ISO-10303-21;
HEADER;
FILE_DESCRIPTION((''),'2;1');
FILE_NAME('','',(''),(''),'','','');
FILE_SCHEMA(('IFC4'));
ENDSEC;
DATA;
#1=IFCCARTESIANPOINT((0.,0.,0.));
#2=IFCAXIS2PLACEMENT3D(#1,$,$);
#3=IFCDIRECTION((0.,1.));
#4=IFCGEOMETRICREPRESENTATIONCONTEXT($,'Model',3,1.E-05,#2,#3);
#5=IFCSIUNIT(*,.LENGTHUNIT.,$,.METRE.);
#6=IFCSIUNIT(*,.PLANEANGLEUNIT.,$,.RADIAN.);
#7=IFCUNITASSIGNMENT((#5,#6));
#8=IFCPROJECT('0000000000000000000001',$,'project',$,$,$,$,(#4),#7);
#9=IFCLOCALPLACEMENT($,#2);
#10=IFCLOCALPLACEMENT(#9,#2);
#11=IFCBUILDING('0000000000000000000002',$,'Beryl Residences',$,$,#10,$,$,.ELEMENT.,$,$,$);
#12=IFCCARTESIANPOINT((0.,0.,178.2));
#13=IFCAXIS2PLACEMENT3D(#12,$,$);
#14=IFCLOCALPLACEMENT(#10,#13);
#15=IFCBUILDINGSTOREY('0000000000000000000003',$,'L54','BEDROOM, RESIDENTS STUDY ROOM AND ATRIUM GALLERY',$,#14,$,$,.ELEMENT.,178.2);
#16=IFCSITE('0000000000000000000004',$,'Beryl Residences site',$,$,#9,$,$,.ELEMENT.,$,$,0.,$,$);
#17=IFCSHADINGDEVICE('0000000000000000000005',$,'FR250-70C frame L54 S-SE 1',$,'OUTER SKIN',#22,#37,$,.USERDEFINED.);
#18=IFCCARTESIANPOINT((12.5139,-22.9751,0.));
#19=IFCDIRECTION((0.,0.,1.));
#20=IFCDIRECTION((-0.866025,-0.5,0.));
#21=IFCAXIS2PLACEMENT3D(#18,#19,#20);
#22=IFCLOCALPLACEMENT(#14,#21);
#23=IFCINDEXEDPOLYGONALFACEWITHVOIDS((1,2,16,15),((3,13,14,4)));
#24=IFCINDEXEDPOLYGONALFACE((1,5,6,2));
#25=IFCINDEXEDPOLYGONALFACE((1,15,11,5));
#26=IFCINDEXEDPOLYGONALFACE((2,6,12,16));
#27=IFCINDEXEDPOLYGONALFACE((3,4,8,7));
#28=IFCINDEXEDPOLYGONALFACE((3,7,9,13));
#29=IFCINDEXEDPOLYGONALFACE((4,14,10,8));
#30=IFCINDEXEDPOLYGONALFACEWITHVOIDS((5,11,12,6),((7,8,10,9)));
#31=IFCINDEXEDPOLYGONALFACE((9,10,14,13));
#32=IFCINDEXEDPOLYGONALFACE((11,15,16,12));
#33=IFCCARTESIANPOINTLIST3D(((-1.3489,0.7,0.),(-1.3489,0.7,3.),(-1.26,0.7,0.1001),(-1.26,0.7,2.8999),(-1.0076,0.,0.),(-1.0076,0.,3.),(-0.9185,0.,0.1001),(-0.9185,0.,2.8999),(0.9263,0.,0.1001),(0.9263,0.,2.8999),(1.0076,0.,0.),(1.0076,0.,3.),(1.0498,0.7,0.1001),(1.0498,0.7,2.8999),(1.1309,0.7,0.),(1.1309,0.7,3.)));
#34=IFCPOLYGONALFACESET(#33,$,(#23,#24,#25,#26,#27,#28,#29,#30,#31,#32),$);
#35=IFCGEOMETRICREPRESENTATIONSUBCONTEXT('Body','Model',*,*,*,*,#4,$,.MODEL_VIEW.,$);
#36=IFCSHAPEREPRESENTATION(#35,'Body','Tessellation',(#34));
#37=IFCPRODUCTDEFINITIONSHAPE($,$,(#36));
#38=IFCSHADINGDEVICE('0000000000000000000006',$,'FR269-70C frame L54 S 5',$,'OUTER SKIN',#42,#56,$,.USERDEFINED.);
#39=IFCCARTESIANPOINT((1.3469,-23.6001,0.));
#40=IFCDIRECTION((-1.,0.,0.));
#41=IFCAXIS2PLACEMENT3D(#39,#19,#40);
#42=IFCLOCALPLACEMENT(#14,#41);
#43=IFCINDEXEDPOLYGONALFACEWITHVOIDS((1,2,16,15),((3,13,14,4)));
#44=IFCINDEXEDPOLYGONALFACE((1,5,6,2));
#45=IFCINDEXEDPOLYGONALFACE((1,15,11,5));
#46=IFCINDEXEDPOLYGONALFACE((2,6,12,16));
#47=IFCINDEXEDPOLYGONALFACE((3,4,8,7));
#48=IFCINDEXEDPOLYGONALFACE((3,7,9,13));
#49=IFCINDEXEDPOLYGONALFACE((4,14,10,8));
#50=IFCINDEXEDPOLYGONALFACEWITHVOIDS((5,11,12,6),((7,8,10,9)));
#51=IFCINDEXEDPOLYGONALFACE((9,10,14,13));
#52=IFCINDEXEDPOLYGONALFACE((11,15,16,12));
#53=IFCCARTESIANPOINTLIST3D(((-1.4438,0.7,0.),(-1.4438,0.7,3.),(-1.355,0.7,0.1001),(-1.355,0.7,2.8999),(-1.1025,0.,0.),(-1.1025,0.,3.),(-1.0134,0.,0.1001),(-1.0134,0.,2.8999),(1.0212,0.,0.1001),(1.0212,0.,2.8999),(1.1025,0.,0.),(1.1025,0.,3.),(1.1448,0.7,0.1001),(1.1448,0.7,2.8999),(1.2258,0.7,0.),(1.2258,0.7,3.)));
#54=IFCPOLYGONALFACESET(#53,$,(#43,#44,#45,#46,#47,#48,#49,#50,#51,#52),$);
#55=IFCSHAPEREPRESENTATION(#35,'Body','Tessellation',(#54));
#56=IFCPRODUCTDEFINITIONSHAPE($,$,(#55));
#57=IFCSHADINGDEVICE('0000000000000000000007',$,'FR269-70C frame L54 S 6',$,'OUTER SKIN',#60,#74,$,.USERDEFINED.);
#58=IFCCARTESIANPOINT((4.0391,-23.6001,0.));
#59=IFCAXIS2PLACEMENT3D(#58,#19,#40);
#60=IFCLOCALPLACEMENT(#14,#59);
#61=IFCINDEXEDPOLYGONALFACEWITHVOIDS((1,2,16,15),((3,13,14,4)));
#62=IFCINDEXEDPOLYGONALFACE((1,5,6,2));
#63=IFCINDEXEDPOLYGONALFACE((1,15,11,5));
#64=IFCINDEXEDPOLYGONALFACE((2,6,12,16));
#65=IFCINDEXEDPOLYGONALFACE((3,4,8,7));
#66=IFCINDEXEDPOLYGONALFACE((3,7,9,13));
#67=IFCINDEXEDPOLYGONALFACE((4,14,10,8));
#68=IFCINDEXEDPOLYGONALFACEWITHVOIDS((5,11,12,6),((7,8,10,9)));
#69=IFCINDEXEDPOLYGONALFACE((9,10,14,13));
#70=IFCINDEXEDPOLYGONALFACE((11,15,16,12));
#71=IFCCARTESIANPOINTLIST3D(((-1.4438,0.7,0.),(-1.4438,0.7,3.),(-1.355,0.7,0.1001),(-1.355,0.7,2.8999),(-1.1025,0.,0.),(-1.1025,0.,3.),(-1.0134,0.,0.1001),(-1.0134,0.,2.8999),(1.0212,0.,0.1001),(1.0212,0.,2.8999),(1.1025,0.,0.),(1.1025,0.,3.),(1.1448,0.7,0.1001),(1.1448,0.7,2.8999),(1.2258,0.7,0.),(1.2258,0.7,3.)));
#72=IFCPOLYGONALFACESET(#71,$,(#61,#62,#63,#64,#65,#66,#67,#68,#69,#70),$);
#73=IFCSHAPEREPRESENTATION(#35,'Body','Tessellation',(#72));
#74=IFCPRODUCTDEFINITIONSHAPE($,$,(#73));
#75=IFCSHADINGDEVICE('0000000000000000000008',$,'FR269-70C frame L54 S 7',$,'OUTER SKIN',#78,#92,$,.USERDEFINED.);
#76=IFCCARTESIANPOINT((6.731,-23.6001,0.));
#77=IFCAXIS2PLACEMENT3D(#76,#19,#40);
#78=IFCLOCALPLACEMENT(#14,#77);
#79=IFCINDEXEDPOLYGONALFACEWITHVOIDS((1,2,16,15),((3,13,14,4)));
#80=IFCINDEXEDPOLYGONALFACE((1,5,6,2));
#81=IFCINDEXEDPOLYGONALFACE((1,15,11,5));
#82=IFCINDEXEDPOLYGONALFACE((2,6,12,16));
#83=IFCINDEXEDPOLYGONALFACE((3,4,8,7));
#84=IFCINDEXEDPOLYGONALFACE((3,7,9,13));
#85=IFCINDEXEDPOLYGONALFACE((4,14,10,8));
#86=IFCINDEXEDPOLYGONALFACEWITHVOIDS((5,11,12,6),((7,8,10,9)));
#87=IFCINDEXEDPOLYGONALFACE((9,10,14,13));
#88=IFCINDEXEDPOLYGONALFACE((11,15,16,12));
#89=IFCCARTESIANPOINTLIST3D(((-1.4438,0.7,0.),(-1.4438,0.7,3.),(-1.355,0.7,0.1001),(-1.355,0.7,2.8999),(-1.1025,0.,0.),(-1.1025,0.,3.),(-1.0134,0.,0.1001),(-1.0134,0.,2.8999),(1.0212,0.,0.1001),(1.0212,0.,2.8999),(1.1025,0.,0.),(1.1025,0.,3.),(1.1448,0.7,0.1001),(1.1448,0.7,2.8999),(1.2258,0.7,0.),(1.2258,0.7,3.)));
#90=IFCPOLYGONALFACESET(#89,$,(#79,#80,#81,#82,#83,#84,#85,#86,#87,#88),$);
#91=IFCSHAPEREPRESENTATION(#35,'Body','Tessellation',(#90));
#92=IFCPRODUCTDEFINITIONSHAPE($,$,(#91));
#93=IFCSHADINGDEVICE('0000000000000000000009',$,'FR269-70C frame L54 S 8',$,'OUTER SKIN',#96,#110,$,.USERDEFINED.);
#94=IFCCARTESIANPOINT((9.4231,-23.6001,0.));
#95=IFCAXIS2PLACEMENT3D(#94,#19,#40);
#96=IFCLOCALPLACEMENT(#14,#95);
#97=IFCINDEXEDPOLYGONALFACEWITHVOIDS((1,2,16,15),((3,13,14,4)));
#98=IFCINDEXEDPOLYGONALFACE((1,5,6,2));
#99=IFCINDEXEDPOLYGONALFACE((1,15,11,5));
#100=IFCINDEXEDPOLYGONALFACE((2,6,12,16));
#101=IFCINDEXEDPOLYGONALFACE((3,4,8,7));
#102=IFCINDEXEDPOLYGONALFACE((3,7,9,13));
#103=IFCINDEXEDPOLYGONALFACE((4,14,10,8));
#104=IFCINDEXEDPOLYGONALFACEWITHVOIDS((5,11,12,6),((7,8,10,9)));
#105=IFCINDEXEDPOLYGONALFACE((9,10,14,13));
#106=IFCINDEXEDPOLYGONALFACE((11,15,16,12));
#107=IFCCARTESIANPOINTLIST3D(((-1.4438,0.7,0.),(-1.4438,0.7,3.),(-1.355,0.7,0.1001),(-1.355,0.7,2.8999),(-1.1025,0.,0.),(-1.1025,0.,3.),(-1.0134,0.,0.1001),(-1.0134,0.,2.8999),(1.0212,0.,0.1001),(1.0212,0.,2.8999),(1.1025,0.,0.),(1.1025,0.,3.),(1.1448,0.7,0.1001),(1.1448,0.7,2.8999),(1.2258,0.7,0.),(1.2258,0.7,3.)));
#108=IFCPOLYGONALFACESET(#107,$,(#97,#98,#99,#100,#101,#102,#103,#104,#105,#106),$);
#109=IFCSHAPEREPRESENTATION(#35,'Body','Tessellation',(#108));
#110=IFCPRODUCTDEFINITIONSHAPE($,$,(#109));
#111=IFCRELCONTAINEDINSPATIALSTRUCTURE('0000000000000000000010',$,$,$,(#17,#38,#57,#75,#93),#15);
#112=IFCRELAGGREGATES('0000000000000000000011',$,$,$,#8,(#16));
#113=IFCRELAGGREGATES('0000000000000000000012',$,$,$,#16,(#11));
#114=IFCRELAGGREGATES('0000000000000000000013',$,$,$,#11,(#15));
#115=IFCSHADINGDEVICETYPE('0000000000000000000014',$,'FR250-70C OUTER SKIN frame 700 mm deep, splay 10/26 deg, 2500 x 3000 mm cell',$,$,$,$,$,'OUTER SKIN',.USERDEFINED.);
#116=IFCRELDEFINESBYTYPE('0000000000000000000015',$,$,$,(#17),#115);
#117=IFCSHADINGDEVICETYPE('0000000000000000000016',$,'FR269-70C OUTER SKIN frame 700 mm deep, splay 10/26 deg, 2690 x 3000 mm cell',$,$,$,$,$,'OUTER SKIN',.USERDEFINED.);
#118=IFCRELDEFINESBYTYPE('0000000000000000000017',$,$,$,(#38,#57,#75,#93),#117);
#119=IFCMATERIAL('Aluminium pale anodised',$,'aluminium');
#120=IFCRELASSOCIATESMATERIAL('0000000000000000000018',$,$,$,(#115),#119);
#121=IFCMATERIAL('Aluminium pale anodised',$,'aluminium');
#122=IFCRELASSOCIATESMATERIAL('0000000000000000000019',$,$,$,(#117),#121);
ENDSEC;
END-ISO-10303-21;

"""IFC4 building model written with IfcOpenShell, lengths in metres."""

from ifc_helpers import new_model, entity, si_unit, direction, frame, origin, place, context, subcontext, project, spatial, source, transform, mapped, material, type_object, type_shapes, element, save


model = new_model("IFC4")

# Units and contexts
model_context = context("Model", 3, precision=1e-05, world=origin(), true_north=direction((0.0, 1.0)))
body_context = subcontext(model_context, "Body", "Model", "MODEL_VIEW")
ifc_project = project(units=[si_unit("LENGTHUNIT", "METRE"), si_unit("PLANEANGLEUNIT", "RADIAN")], contexts=[model_context])

# Site, building, storey
site_placement = place(None, origin())
site = spatial("IfcSite", under=ifc_project, at=site_placement, Name="Beryl Residences site", CompositionType="ELEMENT", RefElevation=0.0)
building_placement = place(site_placement, origin())
building = spatial("IfcBuilding", under=site, at=building_placement, Name="Beryl Residences", CompositionType="ELEMENT")
storey_placement = place(building_placement, frame((0.0, 0.0, 178.2)))
storey = spatial("IfcBuildingStorey", under=building, at=storey_placement, Name="L54", Description="BEDROOM, RESIDENTS STUDY ROOM AND ATRIUM GALLERY", CompositionType="ELEMENT", Elevation=178.2)

# Shading devices
ifc_material_1 = material(Name="Aluminium pale anodised", Category="aluminium")
shading_device_type_1 = type_object("IfcShadingDeviceType", Name="FR250-70C OUTER SKIN frame 700 mm deep, splay 10/26 deg, 2500 x 3000 mm cell", ElementType="OUTER SKIN", PredefinedType="USERDEFINED", material=ifc_material_1)
cartesian_point_1 = entity("IfcCartesianPoint", [-1.0076, 0.0])
cartesian_point_2 = entity("IfcCartesianPoint", [-0.9263, 0.1001])
cartesian_point_3 = entity("IfcCartesianPoint", [-1.1309, 0.0])
cartesian_point_4 = entity("IfcCartesianPoint", [-1.0498, 0.1001])
shared_shape_1 = source(origin(), body_context, "Body", "SweptSolid", [
    entity("IfcExtrudedAreaSolidTapered", entity("IfcArbitraryProfileDefWithVoids", "AREA", None, entity("IfcPolyline", [cartesian_point_1, entity("IfcCartesianPoint", [1.0076, 0.0]), entity("IfcCartesianPoint", [1.0076, 3.0]), entity("IfcCartesianPoint", [-1.0076, 3.0]), cartesian_point_1]), [entity("IfcPolyline", [cartesian_point_2, entity("IfcCartesianPoint", [0.9185, 0.1001]), entity("IfcCartesianPoint", [0.9185, 2.8999]), entity("IfcCartesianPoint", [-0.9263, 2.8999]), cartesian_point_2])]), entity("IfcAxis2Placement3D", entity("IfcCartesianPoint", [0.0, 0.0, 0.0]), entity("IfcDirection", [0.0, 1.0, 0.0]), entity("IfcDirection", [-1.0, 0.0, 0.0])), entity("IfcDirection", [0.0, 0.0, 1.0]), 0.7, entity("IfcArbitraryProfileDefWithVoids", "AREA", None, entity("IfcPolyline", [cartesian_point_3, entity("IfcCartesianPoint", [1.3489, 0.0]), entity("IfcCartesianPoint", [1.3489, 3.0]), entity("IfcCartesianPoint", [-1.1309, 3.0]), cartesian_point_3]), [entity("IfcPolyline", [cartesian_point_4, entity("IfcCartesianPoint", [1.26, 0.1001]), entity("IfcCartesianPoint", [1.26, 2.8999]), entity("IfcCartesianPoint", [-1.0498, 2.8999]), cartesian_point_4])])),
])
type_shapes(shading_device_type_1, [shared_shape_1])
shading_device_placement = place(storey_placement, frame((12.5139, -22.9751, 0.0), z_axis=(0.0, 0.0, 1.0), x_axis=(-0.866025, -0.5, 0.0)))
element("IfcShadingDevice", 1, at=shading_device_placement, inside=storey, type_object=shading_device_type_1, Name="FR250-70C frame L54 S-SE 1", ObjectType="OUTER SKIN", PredefinedType="USERDEFINED", context=body_context, shape_type="MappedRepresentation", body=[
    mapped(shared_shape_1, transform((0.0, 0.0, 0.0))),
])
ifc_material_2 = material(Name="Aluminium pale anodised", Category="aluminium")
shading_device_type_2 = type_object("IfcShadingDeviceType", Name="FR269-70C OUTER SKIN frame 700 mm deep, splay 10/26 deg, 2690 x 3000 mm cell", ElementType="OUTER SKIN", PredefinedType="USERDEFINED", material=ifc_material_2)
cartesian_point_5 = entity("IfcCartesianPoint", [-1.1025, 0.0])
cartesian_point_6 = entity("IfcCartesianPoint", [-1.0212, 0.1001])
cartesian_point_7 = entity("IfcCartesianPoint", [-1.2258, 0.0])
cartesian_point_8 = entity("IfcCartesianPoint", [-1.1448, 0.1001])
shared_shape_2 = source(origin(), body_context, "Body", "SweptSolid", [
    entity("IfcExtrudedAreaSolidTapered", entity("IfcArbitraryProfileDefWithVoids", "AREA", None, entity("IfcPolyline", [cartesian_point_5, entity("IfcCartesianPoint", [1.1025, 0.0]), entity("IfcCartesianPoint", [1.1025, 3.0]), entity("IfcCartesianPoint", [-1.1025, 3.0]), cartesian_point_5]), [entity("IfcPolyline", [cartesian_point_6, entity("IfcCartesianPoint", [1.0134, 0.1001]), entity("IfcCartesianPoint", [1.0134, 2.8999]), entity("IfcCartesianPoint", [-1.0212, 2.8999]), cartesian_point_6])]), entity("IfcAxis2Placement3D", entity("IfcCartesianPoint", [0.0, 0.0, 0.0]), entity("IfcDirection", [0.0, 1.0, 0.0]), entity("IfcDirection", [-1.0, 0.0, 0.0])), entity("IfcDirection", [0.0, 0.0, 1.0]), 0.7, entity("IfcArbitraryProfileDefWithVoids", "AREA", None, entity("IfcPolyline", [cartesian_point_7, entity("IfcCartesianPoint", [1.4438, 0.0]), entity("IfcCartesianPoint", [1.4438, 3.0]), entity("IfcCartesianPoint", [-1.2258, 3.0]), cartesian_point_7]), [entity("IfcPolyline", [cartesian_point_8, entity("IfcCartesianPoint", [1.355, 0.1001]), entity("IfcCartesianPoint", [1.355, 2.8999]), entity("IfcCartesianPoint", [-1.1448, 2.8999]), cartesian_point_8])])),
])
type_shapes(shading_device_type_2, [shared_shape_2])
for number, where, z_axis, x_axis, name in (
    (2, (1.3469, -23.6001, 0.0), (0.0, 0.0, 1.0), (-1.0, 0.0, 0.0), "FR269-70C frame L54 S 5"),
    (3, (4.0391, -23.6001, 0.0), (0.0, 0.0, 1.0), (-1.0, 0.0, 0.0), "FR269-70C frame L54 S 6"),
    (4, (6.731, -23.6001, 0.0), (0.0, 0.0, 1.0), (-1.0, 0.0, 0.0), "FR269-70C frame L54 S 7"),
    (5, (9.4231, -23.6001, 0.0), (0.0, 0.0, 1.0), (-1.0, 0.0, 0.0), "FR269-70C frame L54 S 8"),
):
    element("IfcShadingDevice", number, at=place(storey_placement, frame(where, z_axis=z_axis, x_axis=x_axis)), inside=storey, type_object=shading_device_type_2, Name=name, ObjectType="OUTER SKIN", PredefinedType="USERDEFINED", context=body_context, shape_type="MappedRepresentation", body=[
        mapped(shared_shape_2, transform((0.0, 0.0, 0.0))),
    ])

save(model, "model.ifc")
